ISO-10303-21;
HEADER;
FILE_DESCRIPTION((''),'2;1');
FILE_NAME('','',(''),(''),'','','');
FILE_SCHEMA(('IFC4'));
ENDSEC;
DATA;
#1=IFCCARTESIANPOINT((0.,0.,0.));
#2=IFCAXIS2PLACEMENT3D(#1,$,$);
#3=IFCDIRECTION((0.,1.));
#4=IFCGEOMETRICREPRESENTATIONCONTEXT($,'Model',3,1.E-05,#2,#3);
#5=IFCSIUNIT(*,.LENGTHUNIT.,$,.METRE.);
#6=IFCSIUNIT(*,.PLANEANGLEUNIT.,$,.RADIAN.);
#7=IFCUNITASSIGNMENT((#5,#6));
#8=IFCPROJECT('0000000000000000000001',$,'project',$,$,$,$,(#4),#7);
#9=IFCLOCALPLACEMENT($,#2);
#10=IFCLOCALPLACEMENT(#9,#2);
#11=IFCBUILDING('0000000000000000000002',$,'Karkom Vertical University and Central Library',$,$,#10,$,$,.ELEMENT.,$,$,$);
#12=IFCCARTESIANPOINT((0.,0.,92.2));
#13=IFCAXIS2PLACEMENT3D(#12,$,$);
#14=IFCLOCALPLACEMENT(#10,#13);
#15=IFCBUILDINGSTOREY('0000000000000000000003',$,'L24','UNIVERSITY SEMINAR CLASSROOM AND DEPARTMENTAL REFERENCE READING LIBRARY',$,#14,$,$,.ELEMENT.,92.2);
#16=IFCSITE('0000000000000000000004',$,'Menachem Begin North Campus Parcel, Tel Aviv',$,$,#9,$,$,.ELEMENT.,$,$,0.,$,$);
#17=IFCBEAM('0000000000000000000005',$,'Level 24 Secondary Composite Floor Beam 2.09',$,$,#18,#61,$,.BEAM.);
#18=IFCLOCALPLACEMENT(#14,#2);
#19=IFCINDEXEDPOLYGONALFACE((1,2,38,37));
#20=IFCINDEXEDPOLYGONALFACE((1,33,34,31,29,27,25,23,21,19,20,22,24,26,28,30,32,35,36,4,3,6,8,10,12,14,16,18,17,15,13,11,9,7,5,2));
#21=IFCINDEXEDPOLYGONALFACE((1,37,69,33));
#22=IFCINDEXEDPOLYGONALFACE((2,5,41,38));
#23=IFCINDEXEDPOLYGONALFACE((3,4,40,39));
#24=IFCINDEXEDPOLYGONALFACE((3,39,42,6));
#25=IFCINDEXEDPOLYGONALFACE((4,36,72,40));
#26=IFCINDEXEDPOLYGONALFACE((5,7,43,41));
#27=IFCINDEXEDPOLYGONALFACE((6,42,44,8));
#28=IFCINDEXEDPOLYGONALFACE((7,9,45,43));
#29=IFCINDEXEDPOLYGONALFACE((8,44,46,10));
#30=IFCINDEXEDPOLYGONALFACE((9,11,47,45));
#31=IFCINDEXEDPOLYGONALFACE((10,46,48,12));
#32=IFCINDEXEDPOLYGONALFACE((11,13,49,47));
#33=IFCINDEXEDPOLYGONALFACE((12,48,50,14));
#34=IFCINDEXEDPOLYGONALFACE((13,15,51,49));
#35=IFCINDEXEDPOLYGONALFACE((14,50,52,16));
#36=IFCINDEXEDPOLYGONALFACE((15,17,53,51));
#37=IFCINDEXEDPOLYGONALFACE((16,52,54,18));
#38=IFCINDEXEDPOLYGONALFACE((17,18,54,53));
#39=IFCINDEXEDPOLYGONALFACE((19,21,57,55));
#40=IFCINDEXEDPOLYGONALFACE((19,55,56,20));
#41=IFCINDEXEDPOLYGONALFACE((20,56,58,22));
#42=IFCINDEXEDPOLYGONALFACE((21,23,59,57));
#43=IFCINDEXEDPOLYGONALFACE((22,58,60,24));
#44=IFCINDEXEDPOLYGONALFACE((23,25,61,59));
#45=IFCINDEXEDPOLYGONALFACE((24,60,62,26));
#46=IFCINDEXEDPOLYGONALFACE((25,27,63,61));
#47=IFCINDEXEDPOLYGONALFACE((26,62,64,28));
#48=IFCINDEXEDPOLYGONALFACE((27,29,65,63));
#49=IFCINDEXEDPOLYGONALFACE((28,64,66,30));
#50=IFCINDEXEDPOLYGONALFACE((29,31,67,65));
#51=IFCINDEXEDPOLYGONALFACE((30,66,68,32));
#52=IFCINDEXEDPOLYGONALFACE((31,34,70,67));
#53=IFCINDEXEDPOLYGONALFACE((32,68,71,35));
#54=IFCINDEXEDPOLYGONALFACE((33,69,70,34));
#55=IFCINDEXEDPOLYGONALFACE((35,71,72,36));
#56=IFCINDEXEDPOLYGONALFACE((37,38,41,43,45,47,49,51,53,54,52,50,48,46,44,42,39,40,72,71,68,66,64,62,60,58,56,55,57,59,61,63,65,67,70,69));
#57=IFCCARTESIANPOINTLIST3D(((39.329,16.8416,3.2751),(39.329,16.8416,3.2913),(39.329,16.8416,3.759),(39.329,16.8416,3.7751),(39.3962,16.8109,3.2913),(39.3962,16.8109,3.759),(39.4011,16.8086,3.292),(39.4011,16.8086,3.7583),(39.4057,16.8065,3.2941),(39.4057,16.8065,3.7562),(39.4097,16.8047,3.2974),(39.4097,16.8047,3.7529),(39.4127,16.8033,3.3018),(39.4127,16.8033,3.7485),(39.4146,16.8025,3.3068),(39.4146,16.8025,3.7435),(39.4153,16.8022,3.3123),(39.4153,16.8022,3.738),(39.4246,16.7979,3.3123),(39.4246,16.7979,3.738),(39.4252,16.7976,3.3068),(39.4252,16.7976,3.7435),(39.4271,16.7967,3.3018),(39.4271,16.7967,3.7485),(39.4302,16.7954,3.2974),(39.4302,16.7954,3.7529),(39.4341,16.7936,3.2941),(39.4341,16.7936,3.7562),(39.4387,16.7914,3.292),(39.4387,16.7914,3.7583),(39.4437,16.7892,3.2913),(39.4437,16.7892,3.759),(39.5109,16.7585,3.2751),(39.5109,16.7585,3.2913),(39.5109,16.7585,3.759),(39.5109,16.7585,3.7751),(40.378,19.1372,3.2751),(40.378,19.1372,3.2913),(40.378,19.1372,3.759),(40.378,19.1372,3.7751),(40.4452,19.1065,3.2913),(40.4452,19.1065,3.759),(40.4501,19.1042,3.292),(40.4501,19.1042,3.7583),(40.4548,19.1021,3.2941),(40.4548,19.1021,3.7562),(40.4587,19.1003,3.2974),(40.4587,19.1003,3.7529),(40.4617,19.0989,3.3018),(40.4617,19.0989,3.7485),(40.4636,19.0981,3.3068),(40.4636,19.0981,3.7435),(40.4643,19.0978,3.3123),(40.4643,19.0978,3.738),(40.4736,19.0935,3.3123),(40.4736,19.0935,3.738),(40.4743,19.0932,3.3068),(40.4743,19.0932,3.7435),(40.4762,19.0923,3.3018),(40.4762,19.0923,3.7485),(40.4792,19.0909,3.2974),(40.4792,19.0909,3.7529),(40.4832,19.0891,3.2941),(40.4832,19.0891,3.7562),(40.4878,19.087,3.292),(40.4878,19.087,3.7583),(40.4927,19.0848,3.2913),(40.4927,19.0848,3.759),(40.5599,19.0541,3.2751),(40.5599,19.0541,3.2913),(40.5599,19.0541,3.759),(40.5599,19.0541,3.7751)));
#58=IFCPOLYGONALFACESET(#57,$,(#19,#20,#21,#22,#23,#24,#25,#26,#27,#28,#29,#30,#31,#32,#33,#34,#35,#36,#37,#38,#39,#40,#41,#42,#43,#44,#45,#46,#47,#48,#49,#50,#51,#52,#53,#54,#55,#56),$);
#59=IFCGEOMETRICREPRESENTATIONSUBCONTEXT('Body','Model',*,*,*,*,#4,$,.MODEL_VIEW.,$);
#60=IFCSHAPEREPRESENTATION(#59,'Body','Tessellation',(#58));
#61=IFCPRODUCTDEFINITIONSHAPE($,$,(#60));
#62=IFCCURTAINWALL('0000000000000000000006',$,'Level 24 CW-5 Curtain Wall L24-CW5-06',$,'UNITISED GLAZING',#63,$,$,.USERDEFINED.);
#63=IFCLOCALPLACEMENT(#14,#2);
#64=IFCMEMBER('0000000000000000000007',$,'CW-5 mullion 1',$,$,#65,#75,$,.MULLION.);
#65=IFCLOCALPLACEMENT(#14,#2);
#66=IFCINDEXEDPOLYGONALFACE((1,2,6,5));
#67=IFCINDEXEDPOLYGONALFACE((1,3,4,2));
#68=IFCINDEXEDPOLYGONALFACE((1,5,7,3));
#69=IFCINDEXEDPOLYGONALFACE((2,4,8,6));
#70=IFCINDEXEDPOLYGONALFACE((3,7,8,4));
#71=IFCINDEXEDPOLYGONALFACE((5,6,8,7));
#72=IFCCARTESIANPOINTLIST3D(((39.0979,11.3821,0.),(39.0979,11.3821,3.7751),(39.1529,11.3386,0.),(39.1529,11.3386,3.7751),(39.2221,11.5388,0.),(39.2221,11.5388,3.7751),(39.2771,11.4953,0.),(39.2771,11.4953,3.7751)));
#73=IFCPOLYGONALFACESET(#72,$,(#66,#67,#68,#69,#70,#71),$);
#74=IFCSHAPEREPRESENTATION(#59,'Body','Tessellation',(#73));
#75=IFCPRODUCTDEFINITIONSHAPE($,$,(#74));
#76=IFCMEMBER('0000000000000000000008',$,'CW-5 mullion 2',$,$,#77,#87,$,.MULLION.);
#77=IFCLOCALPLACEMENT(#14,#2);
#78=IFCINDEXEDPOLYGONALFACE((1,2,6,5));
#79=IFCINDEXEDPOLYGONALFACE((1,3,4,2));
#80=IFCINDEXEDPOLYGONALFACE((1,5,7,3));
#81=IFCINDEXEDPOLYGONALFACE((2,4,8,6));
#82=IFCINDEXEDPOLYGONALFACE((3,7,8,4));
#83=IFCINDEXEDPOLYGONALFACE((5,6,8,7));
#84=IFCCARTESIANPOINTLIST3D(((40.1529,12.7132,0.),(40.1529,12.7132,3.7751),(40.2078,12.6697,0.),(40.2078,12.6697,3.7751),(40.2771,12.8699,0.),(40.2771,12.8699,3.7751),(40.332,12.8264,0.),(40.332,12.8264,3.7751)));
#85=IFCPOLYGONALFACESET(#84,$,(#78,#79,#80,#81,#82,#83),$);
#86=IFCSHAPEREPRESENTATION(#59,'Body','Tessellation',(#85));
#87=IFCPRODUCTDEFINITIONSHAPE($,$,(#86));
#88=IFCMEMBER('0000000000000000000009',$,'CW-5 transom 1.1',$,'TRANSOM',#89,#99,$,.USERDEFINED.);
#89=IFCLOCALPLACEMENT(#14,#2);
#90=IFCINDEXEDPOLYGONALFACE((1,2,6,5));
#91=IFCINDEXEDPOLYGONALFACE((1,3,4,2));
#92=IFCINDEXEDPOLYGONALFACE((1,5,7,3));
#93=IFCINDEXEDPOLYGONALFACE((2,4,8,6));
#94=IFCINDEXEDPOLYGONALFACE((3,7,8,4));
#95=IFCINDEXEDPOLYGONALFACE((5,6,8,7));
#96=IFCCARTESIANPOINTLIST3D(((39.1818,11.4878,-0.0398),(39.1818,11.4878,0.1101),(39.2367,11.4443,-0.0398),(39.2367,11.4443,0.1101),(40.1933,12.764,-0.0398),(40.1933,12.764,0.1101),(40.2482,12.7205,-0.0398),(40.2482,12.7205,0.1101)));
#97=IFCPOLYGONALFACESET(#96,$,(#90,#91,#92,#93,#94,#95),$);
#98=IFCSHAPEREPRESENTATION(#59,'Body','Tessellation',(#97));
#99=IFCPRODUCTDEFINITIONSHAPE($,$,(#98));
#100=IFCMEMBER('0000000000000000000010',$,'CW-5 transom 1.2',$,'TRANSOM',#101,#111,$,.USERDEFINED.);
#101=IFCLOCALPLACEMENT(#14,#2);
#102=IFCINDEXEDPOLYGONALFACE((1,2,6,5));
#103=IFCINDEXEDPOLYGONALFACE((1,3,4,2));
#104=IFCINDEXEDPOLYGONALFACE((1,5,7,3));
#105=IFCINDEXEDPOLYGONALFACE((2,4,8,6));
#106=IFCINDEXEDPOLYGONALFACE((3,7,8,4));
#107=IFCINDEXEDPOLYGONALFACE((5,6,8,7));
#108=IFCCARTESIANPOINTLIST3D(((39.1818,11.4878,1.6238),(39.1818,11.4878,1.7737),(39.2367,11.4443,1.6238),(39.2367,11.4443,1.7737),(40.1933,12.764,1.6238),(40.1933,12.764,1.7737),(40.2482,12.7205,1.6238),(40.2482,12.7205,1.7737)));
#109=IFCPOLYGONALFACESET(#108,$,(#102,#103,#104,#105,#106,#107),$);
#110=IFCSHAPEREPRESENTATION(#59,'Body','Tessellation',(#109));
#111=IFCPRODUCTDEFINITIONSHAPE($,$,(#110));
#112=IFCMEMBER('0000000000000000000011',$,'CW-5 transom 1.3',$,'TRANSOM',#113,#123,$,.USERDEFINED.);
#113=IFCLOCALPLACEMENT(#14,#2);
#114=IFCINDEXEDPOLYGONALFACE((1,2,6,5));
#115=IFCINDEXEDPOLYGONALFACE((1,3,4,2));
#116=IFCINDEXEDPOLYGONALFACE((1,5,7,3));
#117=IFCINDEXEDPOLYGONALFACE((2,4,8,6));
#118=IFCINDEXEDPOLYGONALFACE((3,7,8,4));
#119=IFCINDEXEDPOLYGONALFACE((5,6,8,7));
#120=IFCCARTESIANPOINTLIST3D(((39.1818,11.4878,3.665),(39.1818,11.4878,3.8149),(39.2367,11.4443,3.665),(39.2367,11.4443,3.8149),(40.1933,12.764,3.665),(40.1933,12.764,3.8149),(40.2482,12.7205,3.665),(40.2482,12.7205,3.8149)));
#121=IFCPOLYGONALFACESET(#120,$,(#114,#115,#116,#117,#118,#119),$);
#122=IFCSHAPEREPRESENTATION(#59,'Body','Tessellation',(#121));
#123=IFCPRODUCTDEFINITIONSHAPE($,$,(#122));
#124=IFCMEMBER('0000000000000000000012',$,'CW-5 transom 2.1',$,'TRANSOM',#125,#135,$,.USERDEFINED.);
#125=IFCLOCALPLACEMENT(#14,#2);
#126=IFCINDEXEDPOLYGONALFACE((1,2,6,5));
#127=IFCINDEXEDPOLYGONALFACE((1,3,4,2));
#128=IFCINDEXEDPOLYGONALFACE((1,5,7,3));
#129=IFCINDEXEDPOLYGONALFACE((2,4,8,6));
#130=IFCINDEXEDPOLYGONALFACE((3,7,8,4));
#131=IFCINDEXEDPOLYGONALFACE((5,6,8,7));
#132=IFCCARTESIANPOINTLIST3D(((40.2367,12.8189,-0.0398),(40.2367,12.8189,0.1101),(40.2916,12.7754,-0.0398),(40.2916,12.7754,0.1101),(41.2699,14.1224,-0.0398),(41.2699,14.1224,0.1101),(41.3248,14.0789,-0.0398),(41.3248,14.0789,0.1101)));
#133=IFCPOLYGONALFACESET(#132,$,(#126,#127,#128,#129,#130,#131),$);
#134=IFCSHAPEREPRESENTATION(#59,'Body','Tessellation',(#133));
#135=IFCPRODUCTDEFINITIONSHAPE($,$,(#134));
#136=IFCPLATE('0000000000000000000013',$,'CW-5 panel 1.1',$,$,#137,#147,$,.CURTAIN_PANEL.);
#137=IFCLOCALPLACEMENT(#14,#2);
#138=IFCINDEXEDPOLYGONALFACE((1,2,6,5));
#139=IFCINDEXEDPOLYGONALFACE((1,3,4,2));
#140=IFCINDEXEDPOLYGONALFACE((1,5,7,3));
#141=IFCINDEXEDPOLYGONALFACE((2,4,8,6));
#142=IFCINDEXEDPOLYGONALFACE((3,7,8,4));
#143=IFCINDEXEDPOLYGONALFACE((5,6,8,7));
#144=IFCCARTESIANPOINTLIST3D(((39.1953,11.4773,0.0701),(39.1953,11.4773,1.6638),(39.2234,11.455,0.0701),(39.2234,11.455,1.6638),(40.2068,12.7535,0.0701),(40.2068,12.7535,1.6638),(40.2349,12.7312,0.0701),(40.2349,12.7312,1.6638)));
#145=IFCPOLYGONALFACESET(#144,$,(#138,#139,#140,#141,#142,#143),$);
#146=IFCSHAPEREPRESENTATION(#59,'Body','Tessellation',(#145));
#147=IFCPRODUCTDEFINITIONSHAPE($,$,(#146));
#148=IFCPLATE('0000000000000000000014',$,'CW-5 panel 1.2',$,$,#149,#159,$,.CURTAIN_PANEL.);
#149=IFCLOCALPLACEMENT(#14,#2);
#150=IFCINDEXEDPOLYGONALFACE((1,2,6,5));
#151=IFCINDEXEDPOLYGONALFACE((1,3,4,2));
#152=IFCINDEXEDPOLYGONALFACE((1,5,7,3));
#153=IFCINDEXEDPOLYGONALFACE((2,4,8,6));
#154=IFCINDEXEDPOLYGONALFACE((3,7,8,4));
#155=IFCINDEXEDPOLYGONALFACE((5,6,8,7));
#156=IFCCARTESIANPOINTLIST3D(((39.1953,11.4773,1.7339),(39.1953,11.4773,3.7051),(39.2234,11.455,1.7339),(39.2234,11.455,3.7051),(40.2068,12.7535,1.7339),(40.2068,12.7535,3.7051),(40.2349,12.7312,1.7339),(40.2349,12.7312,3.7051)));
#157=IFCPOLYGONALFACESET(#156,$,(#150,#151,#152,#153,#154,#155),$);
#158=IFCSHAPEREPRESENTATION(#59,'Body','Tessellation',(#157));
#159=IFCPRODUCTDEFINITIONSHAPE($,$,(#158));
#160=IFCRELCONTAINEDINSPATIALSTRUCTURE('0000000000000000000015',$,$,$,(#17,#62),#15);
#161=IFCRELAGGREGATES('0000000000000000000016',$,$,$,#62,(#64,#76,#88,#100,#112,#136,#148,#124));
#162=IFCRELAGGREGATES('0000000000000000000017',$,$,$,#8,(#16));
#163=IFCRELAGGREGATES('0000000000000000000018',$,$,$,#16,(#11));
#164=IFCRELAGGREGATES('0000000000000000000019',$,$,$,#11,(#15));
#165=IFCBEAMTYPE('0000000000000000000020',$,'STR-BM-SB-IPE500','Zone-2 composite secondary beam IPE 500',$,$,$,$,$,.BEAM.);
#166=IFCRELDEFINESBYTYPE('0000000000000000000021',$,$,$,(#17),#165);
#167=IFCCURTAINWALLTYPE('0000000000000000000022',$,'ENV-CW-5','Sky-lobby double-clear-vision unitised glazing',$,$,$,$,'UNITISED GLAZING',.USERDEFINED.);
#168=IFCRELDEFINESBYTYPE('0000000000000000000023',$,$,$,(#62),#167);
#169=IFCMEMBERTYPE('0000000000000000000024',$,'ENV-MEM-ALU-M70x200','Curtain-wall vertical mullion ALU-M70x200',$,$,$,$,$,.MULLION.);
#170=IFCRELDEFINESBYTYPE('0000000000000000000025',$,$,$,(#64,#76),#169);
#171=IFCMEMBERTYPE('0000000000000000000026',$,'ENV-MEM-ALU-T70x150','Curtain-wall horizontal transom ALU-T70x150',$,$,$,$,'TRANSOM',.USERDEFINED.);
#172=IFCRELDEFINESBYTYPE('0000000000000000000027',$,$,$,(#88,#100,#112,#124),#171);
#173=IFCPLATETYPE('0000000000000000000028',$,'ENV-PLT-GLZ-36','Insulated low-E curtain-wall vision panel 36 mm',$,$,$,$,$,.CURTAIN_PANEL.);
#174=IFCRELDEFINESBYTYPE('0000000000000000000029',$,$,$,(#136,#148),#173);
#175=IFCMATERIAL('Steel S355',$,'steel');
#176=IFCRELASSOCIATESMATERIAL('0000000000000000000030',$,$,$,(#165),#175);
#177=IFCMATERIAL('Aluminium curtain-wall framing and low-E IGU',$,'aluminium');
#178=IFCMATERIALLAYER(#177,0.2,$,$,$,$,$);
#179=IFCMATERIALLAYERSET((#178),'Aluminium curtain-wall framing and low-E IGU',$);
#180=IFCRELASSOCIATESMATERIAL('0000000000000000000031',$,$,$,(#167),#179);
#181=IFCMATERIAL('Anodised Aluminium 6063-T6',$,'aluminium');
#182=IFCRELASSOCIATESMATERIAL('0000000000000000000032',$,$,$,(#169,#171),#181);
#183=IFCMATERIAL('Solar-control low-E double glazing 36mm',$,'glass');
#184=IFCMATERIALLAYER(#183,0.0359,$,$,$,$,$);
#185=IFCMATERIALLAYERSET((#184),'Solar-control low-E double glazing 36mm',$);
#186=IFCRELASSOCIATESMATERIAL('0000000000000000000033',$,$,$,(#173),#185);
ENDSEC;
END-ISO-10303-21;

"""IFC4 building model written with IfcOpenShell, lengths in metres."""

from ifc_helpers import new_model, si_unit, direction, frame, origin, origin_with_axes, origin_2d, place, context, subcontext, project, spatial, rectangle, i_section, extrude, source, transform, mapped, material, layer, layer_set, material_profile, profile_set, type_object, element, aggregate, save


model = new_model("IFC4")

# Units and contexts
model_context = context("Model", 3, precision=1e-05, world=origin(), true_north=direction((0.0, 1.0)))
body_context = subcontext(model_context, "Body", "Model", "MODEL_VIEW")
ifc_project = project(units=[si_unit("LENGTHUNIT", "METRE"), si_unit("PLANEANGLEUNIT", "RADIAN")], contexts=[model_context])

# Site, building, storey
site_placement = place(None, origin())
site = spatial("IfcSite", under=ifc_project, at=site_placement, Name="Menachem Begin North Campus Parcel, Tel Aviv", CompositionType="ELEMENT", RefElevation=0.0)
building_placement = place(site_placement, origin())
building = spatial("IfcBuilding", under=site, at=building_placement, Name="Karkom Vertical University and Central Library", CompositionType="ELEMENT")
storey_placement = place(building_placement, frame((0.0, 0.0, 92.2)))
storey = spatial("IfcBuildingStorey", under=building, at=storey_placement, Name="L24", Description="UNIVERSITY SEMINAR CLASSROOM AND DEPARTMENTAL REFERENCE READING LIBRARY", CompositionType="ELEMENT", Elevation=92.2)

# Beam
ifc_material_1 = material(Name="Steel S355", Category="steel")
ifc_material_profile_1 = material_profile(ifc_material_1, i_section(OverallWidth=0.2, OverallDepth=0.5, WebThickness=0.0103, FlangeThickness=0.0161, FilletRadius=0.021, at=origin_2d()), Name="IPE 500")
ifc_profile_set_1 = profile_set([ifc_material_profile_1], Name="Steel S355")
beam_type = type_object("IfcBeamType", Name="STR-BM-SB-IPE500", Description="Zone-2 composite secondary beam IPE 500", PredefinedType="BEAM", material=ifc_profile_set_1)
shared_shape_1 = source(origin_with_axes(), body_context, "Body", "SweptSolid", [
    extrude(i_section(OverallWidth=0.2, OverallDepth=0.5, WebThickness=0.0103, FlangeThickness=0.0161, FilletRadius=0.021, at=origin_2d()), origin(), (0.0, 0.0, 1.0), 2.5239),
])
beam_placement = place(storey_placement, frame((39.4199, 16.8, 3.5251), z_axis=(0.415639, 0.90953, 0.0), x_axis=(-0.90953, 0.415639, 0.0)))
element("IfcBeam", 1, at=beam_placement, inside=storey, type_object=beam_type, Name="Level 24 Secondary Composite Floor Beam 2.09", PredefinedType="BEAM", context=body_context, shape_type="MappedRepresentation", body=[
    mapped(shared_shape_1, transform((0.0, 0.0, 0.0), scale=1.0)),
])

# Curtain wall, members, plates
ifc_material_2 = material(Name="Aluminium curtain-wall framing and low-E IGU", Category="aluminium")
ifc_layer_1 = layer(ifc_material_2, 0.2)
ifc_layer_set_1 = layer_set([ifc_layer_1], Name="Aluminium curtain-wall framing and low-E IGU")
curtain_wall_type = type_object("IfcCurtainWallType", Name="ENV-CW-5", Description="Sky-lobby double-clear-vision unitised glazing", ElementType="UNITISED GLAZING", PredefinedType="USERDEFINED", material=ifc_layer_set_1)
curtain_wall_placement = place(storey_placement, origin())
curtain_wall = element("IfcCurtainWall", 2, at=curtain_wall_placement, inside=storey, type_object=curtain_wall_type, Name="Level 24 CW-5 Curtain Wall L24-CW5-06", ObjectType="UNITISED GLAZING", PredefinedType="USERDEFINED")
ifc_material_3 = material(Name="Anodised Aluminium 6063-T6", Category="aluminium")
ifc_material_profile_2 = material_profile(ifc_material_3, rectangle(XDim=0.0701, YDim=0.2, at=origin_2d()), Name="ALU-M70x200")
ifc_profile_set_2 = profile_set([ifc_material_profile_2], Name="Anodised Aluminium 6063-T6")
member_type_1 = type_object("IfcMemberType", Name="ENV-MEM-ALU-M70x200", Description="Curtain-wall vertical mullion ALU-M70x200", PredefinedType="MULLION", material=ifc_profile_set_2)
shared_shape_2 = source(origin_with_axes(), body_context, "Body", "SweptSolid", [
    extrude(rectangle(XDim=0.0701, YDim=0.2, at=origin_2d()), origin(), (0.0, 0.0, 1.0), 3.7751),
])
member_1_placement = place(storey_placement, frame((39.1875, 11.4387, 0.0), z_axis=(0.0, 0.0, 1.0), x_axis=(-0.783696, 0.621145, 0.0)))
member_1 = element("IfcMember", 3, at=member_1_placement, type_object=member_type_1, Name="CW-5 mullion 1", PredefinedType="MULLION", context=body_context, shape_type="MappedRepresentation", body=[
    mapped(shared_shape_2, transform((0.0, 0.0, 0.0), scale=1.0)),
])
member_2_placement = place(storey_placement, frame((40.2424, 12.7698, 0.0), z_axis=(0.0, 0.0, 1.0), x_axis=(-0.783696, 0.621145, 0.0)))
member_2 = element("IfcMember", 4, at=member_2_placement, type_object=member_type_1, Name="CW-5 mullion 2", PredefinedType="MULLION", context=body_context, shape_type="MappedRepresentation", body=[
    mapped(shared_shape_2, transform((0.0, 0.0, 0.0), scale=1.0)),
])
ifc_material_profile_3 = material_profile(ifc_material_3, rectangle(XDim=0.0701, YDim=0.1499, at=origin_2d()), Name="ALU-T70x150")
ifc_profile_set_3 = profile_set([ifc_material_profile_3], Name="Anodised Aluminium 6063-T6")
member_type_2 = type_object("IfcMemberType", Name="ENV-MEM-ALU-T70x150", Description="Curtain-wall horizontal transom ALU-T70x150", ElementType="TRANSOM", PredefinedType="USERDEFINED", material=ifc_profile_set_3)
shared_shape_3 = source(origin_with_axes(), body_context, "Body", "SweptSolid", [
    extrude(rectangle(XDim=0.0701, YDim=0.1499, at=origin_2d()), origin(), (0.0, 0.0, 1.0), 1.6284),
])
member_3_placement = place(storey_placement, frame((39.2092, 11.4661, 0.0352), z_axis=(0.62116, 0.783684, 0.0), x_axis=(-0.783684, 0.62116, 0.0)))
member_3 = element("IfcMember", 5, at=member_3_placement, type_object=member_type_2, Name="CW-5 transom 1.1", ObjectType="TRANSOM", PredefinedType="USERDEFINED", context=body_context, shape_type="MappedRepresentation", body=[
    mapped(shared_shape_3, transform((0.0, 0.0, 0.0), scale=1.0)),
])
member_4_placement = place(storey_placement, frame((39.2092, 11.4661, 1.6987), z_axis=(0.62116, 0.783684, 0.0), x_axis=(-0.783684, 0.62116, 0.0)))
member_4 = element("IfcMember", 6, at=member_4_placement, type_object=member_type_2, Name="CW-5 transom 1.2", ObjectType="TRANSOM", PredefinedType="USERDEFINED", context=body_context, shape_type="MappedRepresentation", body=[
    mapped(shared_shape_3, transform((0.0, 0.0, 0.0), scale=1.0)),
])
member_5_placement = place(storey_placement, frame((39.2092, 11.4661, 3.74), z_axis=(0.62116, 0.783684, 0.0), x_axis=(-0.783684, 0.62116, 0.0)))
member_5 = element("IfcMember", 7, at=member_5_placement, type_object=member_type_2, Name="CW-5 transom 1.3", ObjectType="TRANSOM", PredefinedType="USERDEFINED", context=body_context, shape_type="MappedRepresentation", body=[
    mapped(shared_shape_3, transform((0.0, 0.0, 0.0), scale=1.0)),
])
shared_shape_4 = source(origin_with_axes(), body_context, "Body", "SweptSolid", [
    extrude(rectangle(XDim=0.0701, YDim=0.1499, at=origin_2d()), origin(), (0.0, 0.0, 1.0), 1.6633),
])
member_6_placement = place(storey_placement, frame((40.2642, 12.7971, 0.0352), z_axis=(0.62118, 0.783668, 0.0), x_axis=(-0.783668, 0.62118, 0.0)))
member_6 = element("IfcMember", 8, at=member_6_placement, type_object=member_type_2, Name="CW-5 transom 2.1", ObjectType="TRANSOM", PredefinedType="USERDEFINED", context=body_context, shape_type="MappedRepresentation", body=[
    mapped(shared_shape_4, transform((0.0, 0.0, 0.0), scale=1.0)),
])
ifc_material_4 = material(Name="Solar-control low-E double glazing 36mm", Category="glass")
ifc_layer_2 = layer(ifc_material_4, 0.0359)
ifc_layer_set_2 = layer_set([ifc_layer_2], Name="Solar-control low-E double glazing 36mm")
plate_type = type_object("IfcPlateType", Name="ENV-PLT-GLZ-36", Description="Insulated low-E curtain-wall vision panel 36 mm", PredefinedType="CURTAIN_PANEL", material=ifc_layer_set_2)
shared_shape_5 = source(origin_with_axes(), body_context, "Body", "SweptSolid", [
    extrude(rectangle(XDim=1.6284, YDim=0.0359, at=origin_2d()), origin(), (0.0, 0.0, 1.0), 1.5938),
])
plate_1_placement = place(storey_placement, frame((39.7151, 12.1042, 0.0701), z_axis=(0.0, 0.0, 1.0), x_axis=(0.621145, 0.783696, 0.0)))
plate_1 = element("IfcPlate", 9, at=plate_1_placement, type_object=plate_type, Name="CW-5 panel 1.1", PredefinedType="CURTAIN_PANEL", context=body_context, shape_type="MappedRepresentation", body=[
    mapped(shared_shape_5, transform((0.0, 0.0, 0.0), scale=1.0)),
])
shared_shape_6 = source(origin_with_axes(), body_context, "Body", "SweptSolid", [
    extrude(rectangle(XDim=1.6284, YDim=0.0359, at=origin_2d()), origin(), (0.0, 0.0, 1.0), 1.9712),
])
plate_2_placement = place(storey_placement, frame((39.7151, 12.1042, 1.7339), z_axis=(0.0, 0.0, 1.0), x_axis=(0.621145, 0.783696, 0.0)))
plate_2 = element("IfcPlate", 10, at=plate_2_placement, type_object=plate_type, Name="CW-5 panel 1.2", PredefinedType="CURTAIN_PANEL", context=body_context, shape_type="MappedRepresentation", body=[
    mapped(shared_shape_6, transform((0.0, 0.0, 0.0), scale=1.0)),
])
aggregate(curtain_wall, [member_1, member_2, member_3, member_4, member_5, plate_1, plate_2, member_6])

save(model, "model.ifc")
